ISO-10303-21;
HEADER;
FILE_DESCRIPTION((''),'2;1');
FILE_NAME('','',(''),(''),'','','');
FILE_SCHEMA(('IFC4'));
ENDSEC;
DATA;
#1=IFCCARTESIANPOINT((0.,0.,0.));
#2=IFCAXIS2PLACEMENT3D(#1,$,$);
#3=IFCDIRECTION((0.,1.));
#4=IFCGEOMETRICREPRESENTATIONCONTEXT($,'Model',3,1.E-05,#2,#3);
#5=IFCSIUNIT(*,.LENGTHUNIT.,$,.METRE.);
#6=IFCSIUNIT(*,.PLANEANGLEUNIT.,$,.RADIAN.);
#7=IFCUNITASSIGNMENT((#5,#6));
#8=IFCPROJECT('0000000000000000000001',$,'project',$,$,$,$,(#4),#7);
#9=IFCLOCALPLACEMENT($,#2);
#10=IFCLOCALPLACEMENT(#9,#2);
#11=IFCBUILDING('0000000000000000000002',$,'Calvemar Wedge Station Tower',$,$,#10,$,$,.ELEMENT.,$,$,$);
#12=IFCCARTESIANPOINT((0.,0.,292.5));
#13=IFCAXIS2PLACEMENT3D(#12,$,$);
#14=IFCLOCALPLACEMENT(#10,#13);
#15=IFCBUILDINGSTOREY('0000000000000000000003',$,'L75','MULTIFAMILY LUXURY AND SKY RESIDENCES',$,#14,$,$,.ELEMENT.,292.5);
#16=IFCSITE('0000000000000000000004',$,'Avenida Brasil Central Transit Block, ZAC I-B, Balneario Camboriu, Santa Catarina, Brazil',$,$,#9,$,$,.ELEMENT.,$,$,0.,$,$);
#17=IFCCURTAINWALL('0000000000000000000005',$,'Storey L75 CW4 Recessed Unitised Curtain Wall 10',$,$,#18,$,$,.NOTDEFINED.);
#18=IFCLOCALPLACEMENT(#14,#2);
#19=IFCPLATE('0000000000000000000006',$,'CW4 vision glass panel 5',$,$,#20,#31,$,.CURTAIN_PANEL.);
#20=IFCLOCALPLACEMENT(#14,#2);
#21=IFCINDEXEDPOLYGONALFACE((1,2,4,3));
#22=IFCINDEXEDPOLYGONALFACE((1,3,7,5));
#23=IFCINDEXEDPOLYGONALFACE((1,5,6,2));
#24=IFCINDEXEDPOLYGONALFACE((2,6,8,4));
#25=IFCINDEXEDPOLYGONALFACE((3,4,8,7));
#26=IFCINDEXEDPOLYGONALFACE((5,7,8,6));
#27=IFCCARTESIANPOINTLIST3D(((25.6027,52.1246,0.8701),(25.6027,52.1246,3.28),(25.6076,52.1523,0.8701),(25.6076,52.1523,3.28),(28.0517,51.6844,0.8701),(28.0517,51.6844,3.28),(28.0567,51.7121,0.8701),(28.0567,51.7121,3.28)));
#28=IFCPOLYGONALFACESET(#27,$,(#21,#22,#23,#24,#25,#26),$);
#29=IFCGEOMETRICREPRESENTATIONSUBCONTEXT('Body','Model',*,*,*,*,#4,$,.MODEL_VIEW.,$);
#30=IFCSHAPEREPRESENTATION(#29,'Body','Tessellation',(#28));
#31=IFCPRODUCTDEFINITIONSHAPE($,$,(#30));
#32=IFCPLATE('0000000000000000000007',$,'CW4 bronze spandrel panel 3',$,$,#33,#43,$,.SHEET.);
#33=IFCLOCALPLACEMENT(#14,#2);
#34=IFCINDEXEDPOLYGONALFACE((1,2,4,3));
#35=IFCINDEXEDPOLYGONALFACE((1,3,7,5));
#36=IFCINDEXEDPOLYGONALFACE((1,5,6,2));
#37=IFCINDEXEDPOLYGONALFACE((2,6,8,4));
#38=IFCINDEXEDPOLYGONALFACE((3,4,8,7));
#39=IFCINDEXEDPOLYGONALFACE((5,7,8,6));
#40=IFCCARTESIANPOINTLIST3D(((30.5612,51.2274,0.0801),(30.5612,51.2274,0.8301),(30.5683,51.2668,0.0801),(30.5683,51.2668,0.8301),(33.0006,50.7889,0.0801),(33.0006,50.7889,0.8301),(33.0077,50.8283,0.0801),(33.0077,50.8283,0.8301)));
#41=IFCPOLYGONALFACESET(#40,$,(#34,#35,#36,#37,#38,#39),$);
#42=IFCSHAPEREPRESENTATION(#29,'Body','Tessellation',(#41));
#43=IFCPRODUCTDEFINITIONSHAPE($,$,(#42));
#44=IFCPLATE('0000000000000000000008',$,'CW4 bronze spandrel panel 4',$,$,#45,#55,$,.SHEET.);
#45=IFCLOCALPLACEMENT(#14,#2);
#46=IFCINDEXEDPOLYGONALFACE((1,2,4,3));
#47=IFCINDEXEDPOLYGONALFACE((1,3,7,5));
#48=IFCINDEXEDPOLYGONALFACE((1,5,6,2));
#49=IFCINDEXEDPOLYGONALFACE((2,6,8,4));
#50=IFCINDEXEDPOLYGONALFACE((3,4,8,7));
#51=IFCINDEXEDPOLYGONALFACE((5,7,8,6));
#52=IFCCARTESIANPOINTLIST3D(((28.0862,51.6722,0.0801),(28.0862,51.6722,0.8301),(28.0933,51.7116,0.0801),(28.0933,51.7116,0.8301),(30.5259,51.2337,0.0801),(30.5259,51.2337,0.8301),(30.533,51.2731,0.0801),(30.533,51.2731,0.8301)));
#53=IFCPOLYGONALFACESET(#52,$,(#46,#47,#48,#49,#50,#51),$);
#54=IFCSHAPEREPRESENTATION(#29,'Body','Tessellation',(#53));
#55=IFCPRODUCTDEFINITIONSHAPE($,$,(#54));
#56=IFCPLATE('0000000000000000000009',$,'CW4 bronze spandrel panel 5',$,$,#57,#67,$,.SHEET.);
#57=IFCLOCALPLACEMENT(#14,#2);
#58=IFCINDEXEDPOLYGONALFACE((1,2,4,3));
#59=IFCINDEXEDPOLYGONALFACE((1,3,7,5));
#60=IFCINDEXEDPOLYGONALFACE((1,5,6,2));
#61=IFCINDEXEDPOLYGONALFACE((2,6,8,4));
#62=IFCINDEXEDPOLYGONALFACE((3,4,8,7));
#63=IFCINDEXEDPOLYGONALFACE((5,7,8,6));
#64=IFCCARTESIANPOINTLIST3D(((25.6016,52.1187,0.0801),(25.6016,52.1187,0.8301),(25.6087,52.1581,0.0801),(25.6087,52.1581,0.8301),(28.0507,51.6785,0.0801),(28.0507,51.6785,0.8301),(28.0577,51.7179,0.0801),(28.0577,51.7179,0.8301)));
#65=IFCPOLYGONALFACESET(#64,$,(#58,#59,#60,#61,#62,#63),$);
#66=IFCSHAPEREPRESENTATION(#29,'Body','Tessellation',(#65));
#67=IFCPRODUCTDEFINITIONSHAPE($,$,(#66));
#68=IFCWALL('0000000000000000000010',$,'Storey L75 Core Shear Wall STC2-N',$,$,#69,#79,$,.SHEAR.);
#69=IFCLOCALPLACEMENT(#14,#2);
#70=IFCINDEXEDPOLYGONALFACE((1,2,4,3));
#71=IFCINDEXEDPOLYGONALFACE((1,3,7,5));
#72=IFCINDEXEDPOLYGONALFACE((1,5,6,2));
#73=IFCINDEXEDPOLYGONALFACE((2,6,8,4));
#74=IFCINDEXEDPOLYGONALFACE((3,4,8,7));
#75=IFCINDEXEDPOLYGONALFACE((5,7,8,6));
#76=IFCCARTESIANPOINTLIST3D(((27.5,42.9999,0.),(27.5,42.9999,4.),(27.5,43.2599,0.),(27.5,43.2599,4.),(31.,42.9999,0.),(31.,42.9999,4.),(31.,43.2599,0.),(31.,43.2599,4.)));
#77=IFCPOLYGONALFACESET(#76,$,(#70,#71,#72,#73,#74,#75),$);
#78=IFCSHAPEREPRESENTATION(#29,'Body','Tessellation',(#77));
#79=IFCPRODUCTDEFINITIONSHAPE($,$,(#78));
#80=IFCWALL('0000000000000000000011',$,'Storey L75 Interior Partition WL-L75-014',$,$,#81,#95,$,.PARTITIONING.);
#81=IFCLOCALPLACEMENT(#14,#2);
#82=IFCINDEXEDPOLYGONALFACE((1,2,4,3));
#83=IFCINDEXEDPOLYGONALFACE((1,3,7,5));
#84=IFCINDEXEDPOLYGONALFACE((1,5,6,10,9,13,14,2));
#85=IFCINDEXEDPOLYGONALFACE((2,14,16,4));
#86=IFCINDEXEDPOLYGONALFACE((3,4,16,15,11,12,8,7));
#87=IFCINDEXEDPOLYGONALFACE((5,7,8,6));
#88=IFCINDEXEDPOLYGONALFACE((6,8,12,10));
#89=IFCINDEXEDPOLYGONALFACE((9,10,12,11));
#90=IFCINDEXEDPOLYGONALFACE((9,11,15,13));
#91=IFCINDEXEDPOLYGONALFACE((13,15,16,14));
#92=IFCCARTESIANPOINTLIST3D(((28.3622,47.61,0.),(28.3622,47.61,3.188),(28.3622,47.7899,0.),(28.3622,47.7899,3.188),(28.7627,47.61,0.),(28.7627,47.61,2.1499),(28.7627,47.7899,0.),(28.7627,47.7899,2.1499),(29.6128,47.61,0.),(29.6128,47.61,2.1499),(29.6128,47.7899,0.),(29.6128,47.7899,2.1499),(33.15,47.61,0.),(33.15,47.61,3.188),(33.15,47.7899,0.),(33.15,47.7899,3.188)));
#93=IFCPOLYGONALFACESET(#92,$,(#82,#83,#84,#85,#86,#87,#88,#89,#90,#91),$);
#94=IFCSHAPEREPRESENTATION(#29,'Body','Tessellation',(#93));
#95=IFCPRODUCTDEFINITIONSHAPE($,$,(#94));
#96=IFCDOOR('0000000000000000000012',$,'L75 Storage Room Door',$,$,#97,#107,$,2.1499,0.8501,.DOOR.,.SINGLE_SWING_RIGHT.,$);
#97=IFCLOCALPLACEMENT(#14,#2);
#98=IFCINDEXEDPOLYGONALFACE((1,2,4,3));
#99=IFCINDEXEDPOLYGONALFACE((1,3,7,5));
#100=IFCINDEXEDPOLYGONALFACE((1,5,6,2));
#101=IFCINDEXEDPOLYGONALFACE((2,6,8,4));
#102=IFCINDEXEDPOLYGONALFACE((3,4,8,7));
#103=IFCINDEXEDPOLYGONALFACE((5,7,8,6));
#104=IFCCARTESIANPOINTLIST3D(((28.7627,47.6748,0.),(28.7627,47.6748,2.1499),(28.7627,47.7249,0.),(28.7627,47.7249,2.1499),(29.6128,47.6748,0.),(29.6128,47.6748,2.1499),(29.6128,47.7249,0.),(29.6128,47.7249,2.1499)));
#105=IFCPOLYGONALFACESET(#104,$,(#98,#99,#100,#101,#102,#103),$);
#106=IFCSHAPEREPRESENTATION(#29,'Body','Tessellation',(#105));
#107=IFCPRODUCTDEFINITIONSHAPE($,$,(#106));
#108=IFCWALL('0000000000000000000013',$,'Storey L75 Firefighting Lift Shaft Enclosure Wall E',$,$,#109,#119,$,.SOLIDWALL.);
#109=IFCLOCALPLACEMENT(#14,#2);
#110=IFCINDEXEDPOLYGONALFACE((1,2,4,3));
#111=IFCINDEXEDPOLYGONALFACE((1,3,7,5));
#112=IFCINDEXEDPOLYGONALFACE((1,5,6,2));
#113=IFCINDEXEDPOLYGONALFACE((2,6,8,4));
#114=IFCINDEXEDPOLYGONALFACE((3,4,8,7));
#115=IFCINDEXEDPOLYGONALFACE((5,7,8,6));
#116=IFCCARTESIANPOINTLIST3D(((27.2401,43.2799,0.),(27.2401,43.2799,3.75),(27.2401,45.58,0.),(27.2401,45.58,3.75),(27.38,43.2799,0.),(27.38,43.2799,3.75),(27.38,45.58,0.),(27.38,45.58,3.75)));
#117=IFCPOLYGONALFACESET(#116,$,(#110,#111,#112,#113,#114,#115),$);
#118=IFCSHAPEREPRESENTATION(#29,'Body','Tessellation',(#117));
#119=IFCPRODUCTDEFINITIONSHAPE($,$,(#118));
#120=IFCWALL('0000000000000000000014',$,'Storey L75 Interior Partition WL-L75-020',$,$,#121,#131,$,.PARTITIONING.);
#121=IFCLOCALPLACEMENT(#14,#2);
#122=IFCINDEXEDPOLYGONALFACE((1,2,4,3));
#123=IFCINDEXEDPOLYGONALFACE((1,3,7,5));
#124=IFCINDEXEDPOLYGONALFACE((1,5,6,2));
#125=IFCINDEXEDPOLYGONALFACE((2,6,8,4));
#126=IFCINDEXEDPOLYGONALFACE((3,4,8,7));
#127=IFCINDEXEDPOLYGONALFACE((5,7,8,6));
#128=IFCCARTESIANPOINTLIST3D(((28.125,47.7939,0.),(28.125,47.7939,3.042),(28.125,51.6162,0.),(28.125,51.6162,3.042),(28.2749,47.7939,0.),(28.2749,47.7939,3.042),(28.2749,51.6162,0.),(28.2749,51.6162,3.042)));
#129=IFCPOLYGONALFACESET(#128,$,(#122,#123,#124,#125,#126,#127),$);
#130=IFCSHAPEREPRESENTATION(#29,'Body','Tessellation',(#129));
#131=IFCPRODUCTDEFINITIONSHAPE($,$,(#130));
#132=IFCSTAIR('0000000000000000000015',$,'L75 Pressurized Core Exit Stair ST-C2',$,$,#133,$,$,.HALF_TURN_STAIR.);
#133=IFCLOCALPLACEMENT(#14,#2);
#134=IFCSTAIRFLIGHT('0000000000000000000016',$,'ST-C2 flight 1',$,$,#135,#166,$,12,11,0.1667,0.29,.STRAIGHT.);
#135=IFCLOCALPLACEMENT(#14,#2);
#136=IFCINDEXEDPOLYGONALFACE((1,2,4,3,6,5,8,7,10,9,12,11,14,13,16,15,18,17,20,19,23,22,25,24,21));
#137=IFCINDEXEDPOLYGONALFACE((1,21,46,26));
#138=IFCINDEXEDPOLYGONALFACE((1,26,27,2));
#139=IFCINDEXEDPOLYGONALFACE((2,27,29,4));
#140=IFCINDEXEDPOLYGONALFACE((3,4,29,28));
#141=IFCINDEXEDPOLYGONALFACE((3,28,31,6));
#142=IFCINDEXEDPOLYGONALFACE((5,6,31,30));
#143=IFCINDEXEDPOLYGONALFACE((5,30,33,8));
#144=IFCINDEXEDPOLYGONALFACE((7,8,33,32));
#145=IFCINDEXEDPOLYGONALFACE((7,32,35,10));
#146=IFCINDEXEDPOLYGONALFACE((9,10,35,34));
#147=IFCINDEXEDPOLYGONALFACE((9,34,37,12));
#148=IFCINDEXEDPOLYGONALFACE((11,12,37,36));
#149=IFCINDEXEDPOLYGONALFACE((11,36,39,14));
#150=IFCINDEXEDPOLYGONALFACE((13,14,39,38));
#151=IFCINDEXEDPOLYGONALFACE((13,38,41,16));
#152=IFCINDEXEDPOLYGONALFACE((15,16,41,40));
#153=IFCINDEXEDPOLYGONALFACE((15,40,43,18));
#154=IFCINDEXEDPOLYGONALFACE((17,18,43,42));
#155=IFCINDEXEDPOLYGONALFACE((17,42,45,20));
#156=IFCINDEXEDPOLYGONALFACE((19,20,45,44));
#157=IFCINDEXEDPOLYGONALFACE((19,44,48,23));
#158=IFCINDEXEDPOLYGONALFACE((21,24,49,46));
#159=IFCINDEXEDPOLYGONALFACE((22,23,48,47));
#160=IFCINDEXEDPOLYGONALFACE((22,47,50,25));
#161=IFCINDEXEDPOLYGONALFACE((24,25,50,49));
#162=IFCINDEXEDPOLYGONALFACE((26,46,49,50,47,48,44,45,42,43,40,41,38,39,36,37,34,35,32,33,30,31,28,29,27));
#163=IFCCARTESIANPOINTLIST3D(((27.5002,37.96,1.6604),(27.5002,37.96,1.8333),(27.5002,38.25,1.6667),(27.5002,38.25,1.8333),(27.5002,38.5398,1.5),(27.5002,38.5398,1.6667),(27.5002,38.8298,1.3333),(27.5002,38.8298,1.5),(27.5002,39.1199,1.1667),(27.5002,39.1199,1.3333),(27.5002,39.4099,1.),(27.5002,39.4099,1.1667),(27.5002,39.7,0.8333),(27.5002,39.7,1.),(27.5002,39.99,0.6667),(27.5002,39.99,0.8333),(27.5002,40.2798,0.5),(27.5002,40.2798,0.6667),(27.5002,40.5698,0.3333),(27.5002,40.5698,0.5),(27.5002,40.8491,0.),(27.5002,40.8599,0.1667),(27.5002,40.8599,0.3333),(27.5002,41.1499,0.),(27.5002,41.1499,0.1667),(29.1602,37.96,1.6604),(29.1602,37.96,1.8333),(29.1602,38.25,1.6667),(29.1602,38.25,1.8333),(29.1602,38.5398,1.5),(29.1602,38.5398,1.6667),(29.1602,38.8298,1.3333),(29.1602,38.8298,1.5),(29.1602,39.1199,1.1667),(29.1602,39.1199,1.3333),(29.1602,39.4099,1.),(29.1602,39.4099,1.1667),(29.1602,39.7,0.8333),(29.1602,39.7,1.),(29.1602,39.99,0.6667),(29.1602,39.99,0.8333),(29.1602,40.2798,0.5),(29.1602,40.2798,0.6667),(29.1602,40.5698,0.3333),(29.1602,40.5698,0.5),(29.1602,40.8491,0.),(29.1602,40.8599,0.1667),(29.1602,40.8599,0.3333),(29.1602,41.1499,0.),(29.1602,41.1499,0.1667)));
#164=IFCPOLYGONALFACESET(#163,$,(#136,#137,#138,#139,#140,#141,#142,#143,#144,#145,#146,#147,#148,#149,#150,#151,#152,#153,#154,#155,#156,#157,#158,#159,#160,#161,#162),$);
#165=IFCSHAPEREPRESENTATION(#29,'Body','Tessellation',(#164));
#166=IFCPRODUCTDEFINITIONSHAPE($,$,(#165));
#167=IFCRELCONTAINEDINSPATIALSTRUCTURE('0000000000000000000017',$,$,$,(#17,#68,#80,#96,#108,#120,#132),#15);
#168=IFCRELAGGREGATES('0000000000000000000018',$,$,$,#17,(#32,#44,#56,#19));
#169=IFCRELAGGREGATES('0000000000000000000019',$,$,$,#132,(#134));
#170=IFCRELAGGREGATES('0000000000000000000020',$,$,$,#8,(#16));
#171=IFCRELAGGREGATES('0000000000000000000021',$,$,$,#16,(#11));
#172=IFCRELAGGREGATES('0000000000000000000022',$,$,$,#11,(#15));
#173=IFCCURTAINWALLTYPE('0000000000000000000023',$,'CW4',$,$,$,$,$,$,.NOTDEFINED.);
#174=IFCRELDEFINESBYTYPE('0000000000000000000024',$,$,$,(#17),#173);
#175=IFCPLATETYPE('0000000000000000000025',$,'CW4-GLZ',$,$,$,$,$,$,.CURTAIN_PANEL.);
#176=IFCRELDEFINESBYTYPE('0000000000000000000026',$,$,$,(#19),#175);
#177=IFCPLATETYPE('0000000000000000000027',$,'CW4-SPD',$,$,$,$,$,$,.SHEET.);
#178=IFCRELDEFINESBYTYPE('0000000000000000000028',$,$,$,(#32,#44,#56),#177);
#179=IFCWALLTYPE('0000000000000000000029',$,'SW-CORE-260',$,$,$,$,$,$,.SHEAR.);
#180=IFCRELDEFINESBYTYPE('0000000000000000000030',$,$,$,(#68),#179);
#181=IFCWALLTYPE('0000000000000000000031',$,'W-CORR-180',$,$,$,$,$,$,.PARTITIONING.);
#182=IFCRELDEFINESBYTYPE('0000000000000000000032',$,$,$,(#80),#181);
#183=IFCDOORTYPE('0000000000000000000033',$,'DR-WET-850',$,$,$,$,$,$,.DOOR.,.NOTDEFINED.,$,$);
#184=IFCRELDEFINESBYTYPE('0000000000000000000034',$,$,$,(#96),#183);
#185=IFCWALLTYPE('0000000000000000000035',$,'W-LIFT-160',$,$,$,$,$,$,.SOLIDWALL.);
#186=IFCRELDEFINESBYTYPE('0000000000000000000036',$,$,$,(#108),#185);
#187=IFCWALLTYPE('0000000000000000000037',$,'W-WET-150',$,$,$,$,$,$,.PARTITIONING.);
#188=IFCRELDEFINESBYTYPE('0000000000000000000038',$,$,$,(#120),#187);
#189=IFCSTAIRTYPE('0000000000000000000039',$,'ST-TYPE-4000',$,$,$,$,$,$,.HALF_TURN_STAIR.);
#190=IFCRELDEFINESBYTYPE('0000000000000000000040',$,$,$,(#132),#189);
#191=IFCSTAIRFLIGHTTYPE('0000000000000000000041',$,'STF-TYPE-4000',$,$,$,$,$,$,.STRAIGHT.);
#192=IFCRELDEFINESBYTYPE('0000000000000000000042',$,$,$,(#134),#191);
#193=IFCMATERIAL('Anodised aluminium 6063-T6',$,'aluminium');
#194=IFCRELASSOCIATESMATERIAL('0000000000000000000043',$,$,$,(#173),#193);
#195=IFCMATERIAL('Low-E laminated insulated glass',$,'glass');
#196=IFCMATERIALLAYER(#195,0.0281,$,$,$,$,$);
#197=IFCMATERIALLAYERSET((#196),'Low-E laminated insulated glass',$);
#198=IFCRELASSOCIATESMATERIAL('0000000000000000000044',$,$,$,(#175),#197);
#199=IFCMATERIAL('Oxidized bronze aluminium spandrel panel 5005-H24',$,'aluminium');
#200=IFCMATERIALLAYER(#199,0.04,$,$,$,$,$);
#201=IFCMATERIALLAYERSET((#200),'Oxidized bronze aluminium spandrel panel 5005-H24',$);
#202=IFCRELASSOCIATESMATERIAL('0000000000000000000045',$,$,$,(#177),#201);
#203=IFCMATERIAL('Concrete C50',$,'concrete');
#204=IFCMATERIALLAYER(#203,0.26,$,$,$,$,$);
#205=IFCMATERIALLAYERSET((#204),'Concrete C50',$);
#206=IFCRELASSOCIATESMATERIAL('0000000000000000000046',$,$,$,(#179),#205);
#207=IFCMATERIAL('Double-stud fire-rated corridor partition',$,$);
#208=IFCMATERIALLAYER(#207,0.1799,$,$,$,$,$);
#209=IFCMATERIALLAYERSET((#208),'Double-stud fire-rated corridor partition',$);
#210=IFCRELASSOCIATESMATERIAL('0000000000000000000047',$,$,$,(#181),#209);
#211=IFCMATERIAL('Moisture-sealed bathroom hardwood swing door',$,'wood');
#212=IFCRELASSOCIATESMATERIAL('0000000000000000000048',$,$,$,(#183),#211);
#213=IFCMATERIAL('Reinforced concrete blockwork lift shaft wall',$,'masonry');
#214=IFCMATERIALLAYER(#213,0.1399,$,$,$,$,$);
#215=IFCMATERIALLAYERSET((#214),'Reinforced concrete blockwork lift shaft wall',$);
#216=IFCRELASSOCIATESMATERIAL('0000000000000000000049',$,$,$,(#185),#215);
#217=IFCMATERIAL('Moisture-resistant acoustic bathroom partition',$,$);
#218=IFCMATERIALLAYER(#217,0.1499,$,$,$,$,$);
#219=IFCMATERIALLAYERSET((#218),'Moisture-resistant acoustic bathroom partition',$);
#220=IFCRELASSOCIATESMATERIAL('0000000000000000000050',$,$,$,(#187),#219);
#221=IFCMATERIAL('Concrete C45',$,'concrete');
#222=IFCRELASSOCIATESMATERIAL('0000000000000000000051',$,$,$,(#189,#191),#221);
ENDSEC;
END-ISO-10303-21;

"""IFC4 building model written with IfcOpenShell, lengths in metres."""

from ifc_helpers import new_model, si_unit, direction, frame, frame_2d, origin, place, context, subcontext, project, spatial, polyline, rectangle, outline, extrude, source, transform, mapped, material, layer, layer_set, type_object, element, fill, aggregate, save


model = new_model("IFC4")

# Units and contexts
model_context = context("Model", 3, precision=1e-05, world=origin(), true_north=direction((0.0, 1.0)))
body_context = subcontext(model_context, "Body", "Model", "MODEL_VIEW")
ifc_project = project(units=[si_unit("LENGTHUNIT", "METRE"), si_unit("PLANEANGLEUNIT", "RADIAN")], contexts=[model_context])

# Site, building, storey
site_placement = place(None, origin())
site = spatial("IfcSite", under=ifc_project, at=site_placement, Name="Avenida Brasil Central Transit Block, ZAC I-B, Balneario Camboriu, Santa Catarina, Brazil", CompositionType="ELEMENT", RefElevation=0.0)
building_placement = place(site_placement, origin())
building = spatial("IfcBuilding", under=site, at=building_placement, Name="Calvemar Wedge Station Tower", CompositionType="ELEMENT")
storey_placement = place(building_placement, frame((0.0, 0.0, 292.5)))
storey = spatial("IfcBuildingStorey", under=building, at=storey_placement, Name="L75", Description="MULTIFAMILY LUXURY AND SKY RESIDENCES", CompositionType="ELEMENT", Elevation=292.5)

# Shared definitions
ifc_material_1 = material(Name="Concrete C50", Category="concrete")

# Curtain wall, plates
ifc_material_2 = material(Name="Anodised aluminium 6063-T6", Category="aluminium")
curtain_wall_type = type_object("IfcCurtainWallType", Name="CW4", PredefinedType="NOTDEFINED", material=ifc_material_2)
curtain_wall_placement = place(storey_placement, origin())
curtain_wall = element("IfcCurtainWall", 1, at=curtain_wall_placement, inside=storey, type_object=curtain_wall_type, Name="Storey L75 CW4 Recessed Unitised Curtain Wall 10", PredefinedType="NOTDEFINED")
ifc_material_3 = material(Name="Low-E laminated insulated glass", Category="glass")
ifc_layer_1 = layer(ifc_material_3, 0.0281)
ifc_layer_set_1 = layer_set([ifc_layer_1], Name="Low-E laminated insulated glass")
plate_type_1 = type_object("IfcPlateType", Name="CW4-GLZ", PredefinedType="CURTAIN_PANEL", material=ifc_layer_set_1)
plate_1_placement = place(storey_placement, frame((28.0542, 51.6982, 0.8701), z_axis=(0.0, 0.0, 1.0), x_axis=(-0.984227, 0.176908, 0.0)))
plate_1 = element("IfcPlate", 2, at=plate_1_placement, type_object=plate_type_1, Name="CW4 vision glass panel 5", PredefinedType="CURTAIN_PANEL", context=body_context, shape_type="SweptSolid", body=[
    extrude(rectangle(XDim=2.4883, YDim=0.0281, at=frame_2d((1.2441, 0.0))), origin(), (0.0, 0.0, 1.0), 2.4099),
])
ifc_material_4 = material(Name="Oxidized bronze aluminium spandrel panel 5005-H24", Category="aluminium")
ifc_layer_2 = layer(ifc_material_4, 0.04)
ifc_layer_set_2 = layer_set([ifc_layer_2], Name="Oxidized bronze aluminium spandrel panel 5005-H24")
plate_type_2 = type_object("IfcPlateType", Name="CW4-SPD", PredefinedType="SHEET", material=ifc_layer_set_2)
plate_2_placement = place(storey_placement, frame((33.0042, 50.8086, 0.0801), z_axis=(0.0, 0.0, 1.0), x_axis=(-0.984227, 0.176909, 0.0)))
plate_2 = element("IfcPlate", 3, at=plate_2_placement, type_object=plate_type_2, Name="CW4 bronze spandrel panel 3", PredefinedType="SHEET", context=body_context, shape_type="SweptSolid", body=[
    extrude(rectangle(XDim=2.4785, YDim=0.04, at=frame_2d((1.2393, 0.0))), origin(), (0.0, 0.0, 1.0), 0.75),
])
plate_3_placement = place(storey_placement, frame((30.5293, 51.2534, 0.0801), z_axis=(0.0, 0.0, 1.0), x_axis=(-0.98423, 0.176892, 0.0)))
plate_3 = element("IfcPlate", 4, at=plate_3_placement, type_object=plate_type_2, Name="CW4 bronze spandrel panel 4", PredefinedType="SHEET", context=body_context, shape_type="SweptSolid", body=[
    extrude(rectangle(XDim=2.4788, YDim=0.04, at=frame_2d((1.2393, 0.0))), origin(), (0.0, 0.0, 1.0), 0.75),
])
plate_4_placement = place(storey_placement, frame((28.0542, 51.6982, 0.0801), z_axis=(0.0, 0.0, 1.0), x_axis=(-0.984227, 0.176908, 0.0)))
plate_4 = element("IfcPlate", 5, at=plate_4_placement, type_object=plate_type_2, Name="CW4 bronze spandrel panel 5", PredefinedType="SHEET", context=body_context, shape_type="SweptSolid", body=[
    extrude(rectangle(XDim=2.4883, YDim=0.04, at=frame_2d((1.2441, 0.0))), origin(), (0.0, 0.0, 1.0), 0.75),
])
aggregate(curtain_wall, [plate_2, plate_3, plate_4, plate_1])

# Wall
ifc_layer_3 = layer(ifc_material_1, 0.26)
ifc_layer_set_3 = layer_set([ifc_layer_3], Name="Concrete C50")
wall_type_1 = type_object("IfcWallType", Name="SW-CORE-260", PredefinedType="SHEAR", material=ifc_layer_set_3)
wall_1_placement = place(storey_placement, frame((27.5, 43.1299, 0.0), z_axis=(0.0, 0.0, 1.0), x_axis=(1.0, 0.0, 0.0)))
element("IfcWall", 6, at=wall_1_placement, inside=storey, type_object=wall_type_1, Name="Storey L75 Core Shear Wall STC2-N", PredefinedType="SHEAR", context=body_context, shape_type="SweptSolid", body=[
    extrude(rectangle(XDim=3.5, YDim=0.26, at=frame_2d((1.75, 0.0))), origin(), (0.0, 0.0, 1.0), 4.0),
])

# Wall, opening, door
ifc_material_5 = material(Name="Double-stud fire-rated corridor partition")
ifc_layer_4 = layer(ifc_material_5, 0.1799)
ifc_layer_set_4 = layer_set([ifc_layer_4], Name="Double-stud fire-rated corridor partition")
wall_type_2 = type_object("IfcWallType", Name="W-CORR-180", PredefinedType="PARTITIONING", material=ifc_layer_set_4)
wall_2_placement = place(storey_placement, frame((28.3621, 47.7, 0.0), z_axis=(0.0, 0.0, 1.0), x_axis=(1.0, 0.0, 0.0)))
wall_2 = element("IfcWall", 7, at=wall_2_placement, inside=storey, type_object=wall_type_2, Name="Storey L75 Interior Partition WL-L75-014", PredefinedType="PARTITIONING", context=body_context, shape_type="SweptSolid", body=[
    extrude(rectangle(XDim=4.7878, YDim=0.1799, at=frame_2d((2.394, 0.0))), origin(), (0.0, 0.0, 1.0), 3.188),
])
shared_shape_1 = source(origin(), body_context, "Body", "SweptSolid", [
    extrude(rectangle(XDim=0.8501, YDim=2.1499, at=frame_2d((0.425, 1.075))), frame((0.0, 0.1001, 0.0), z_axis=(0.0, -1.0, 0.0), x_axis=(1.0, 0.0, 0.0)), (0.0, 0.0, 1.0), 0.2),
])
opening_placement = place(wall_2_placement, frame((0.4006, 0.0, 0.0)))
opening = element("IfcOpeningElement", 8, at=opening_placement, cuts=wall_2, PredefinedType="OPENING", context=body_context, shape_type="MappedRepresentation", body=[
    mapped(shared_shape_1, transform((0.0, 0.0, 0.0), scale=1.0)),
])
ifc_material_6 = material(Name="Moisture-sealed bathroom hardwood swing door", Category="wood")
door_type = type_object("IfcDoorType", Name="DR-WET-850", OperationType="NOTDEFINED", PredefinedType="DOOR", material=ifc_material_6)
shared_shape_2 = source(origin(), body_context, "Body", "SweptSolid", [
    extrude(rectangle(XDim=0.8501, YDim=2.1499, at=frame_2d((0.425, 1.075))), frame((0.0, 0.0249, 0.0), z_axis=(0.0, -1.0, 0.0), x_axis=(1.0, 0.0, 0.0)), (0.0, 0.0, 1.0), 0.05),
])
door_placement = place(opening_placement, origin())
door = element("IfcDoor", 9, at=door_placement, inside=storey, type_object=door_type, Name="L75 Storage Room Door", OperationType="SINGLE_SWING_RIGHT", OverallHeight=2.1499, OverallWidth=0.8501, PredefinedType="DOOR", context=body_context, shape_type="MappedRepresentation", body=[
    mapped(shared_shape_2, transform((0.0, 0.0, 0.0), scale=1.0)),
])
fill(opening, door)

# Walls
ifc_material_7 = material(Name="Reinforced concrete blockwork lift shaft wall", Category="masonry")
ifc_layer_5 = layer(ifc_material_7, 0.1399)
ifc_layer_set_5 = layer_set([ifc_layer_5], Name="Reinforced concrete blockwork lift shaft wall")
wall_type_3 = type_object("IfcWallType", Name="W-LIFT-160", PredefinedType="SOLIDWALL", material=ifc_layer_set_5)
wall_3_placement = place(storey_placement, frame((27.3101, 43.28, 0.0), z_axis=(0.0, 0.0, 1.0), x_axis=(0.0, 1.0, 0.0)))
element("IfcWall", 10, at=wall_3_placement, inside=storey, type_object=wall_type_3, Name="Storey L75 Firefighting Lift Shaft Enclosure Wall E", PredefinedType="SOLIDWALL", context=body_context, shape_type="SweptSolid", body=[
    extrude(rectangle(XDim=2.3, YDim=0.1399, at=frame_2d((1.1499, 0.0))), origin(), (0.0, 0.0, 1.0), 3.75),
])
ifc_material_8 = material(Name="Moisture-resistant acoustic bathroom partition")
ifc_layer_6 = layer(ifc_material_8, 0.1499)
ifc_layer_set_6 = layer_set([ifc_layer_6], Name="Moisture-resistant acoustic bathroom partition")
wall_type_4 = type_object("IfcWallType", Name="W-WET-150", PredefinedType="PARTITIONING", material=ifc_layer_set_6)
wall_4_placement = place(storey_placement, frame((28.2, 51.6162, 0.0), z_axis=(0.0, 0.0, 1.0), x_axis=(0.0, -1.0, 0.0)))
element("IfcWall", 11, at=wall_4_placement, inside=storey, type_object=wall_type_4, Name="Storey L75 Interior Partition WL-L75-020", PredefinedType="PARTITIONING", context=body_context, shape_type="SweptSolid", body=[
    extrude(rectangle(XDim=3.8223, YDim=0.1499, at=frame_2d((1.9111, 0.0))), origin(), (0.0, 0.0, 1.0), 3.042),
])

# Stair, stair flight
ifc_material_9 = material(Name="Concrete C45", Category="concrete")
stair_type = type_object("IfcStairType", Name="ST-TYPE-4000", PredefinedType="HALF_TURN_STAIR", material=ifc_material_9)
stair_placement = place(storey_placement, origin())
stair = element("IfcStair", 12, at=stair_placement, inside=storey, type_object=stair_type, Name="L75 Pressurized Core Exit Stair ST-C2", PredefinedType="HALF_TURN_STAIR")
stair_flight_type = type_object("IfcStairFlightType", Name="STF-TYPE-4000", PredefinedType="STRAIGHT", material=ifc_material_9)
stair_flight_placement = place(storey_placement, frame((28.3301, 41.1499, 0.0), z_axis=(0.0, 0.0, 1.0), x_axis=(0.0, -1.0, 0.0)))
stair_flight = element("IfcStairFlight", 13, at=stair_flight_placement, type_object=stair_flight_type, Name="ST-C2 flight 1", NumberOfRisers=12, NumberOfTreads=11, PredefinedType="STRAIGHT", RiserHeight=0.1667, TreadLength=0.29, context=body_context, shape_type="SweptSolid", body=[
    extrude(outline(polyline([(0.0, 0.0), (0.0, 0.1667), (0.29, 0.1667), (0.29, 0.3333), (0.5801, 0.3333), (0.5801, 0.5), (0.8701, 0.5), (0.8701, 0.6667), (1.1599, 0.6667), (1.1599, 0.8333), (1.45, 0.8333), (1.45, 1.0), (1.74, 1.0), (1.74, 1.1667), (2.03, 1.1667), (2.03, 1.3333), (2.3201, 1.3333), (2.3201, 1.5), (2.6101, 1.5), (2.6101, 1.6667), (2.8999, 1.6667), (2.8999, 1.8333), (3.1899, 1.8333), (3.1899, 2.0), (3.1899, 1.6604), (0.3008, 0.0), (0.0, 0.0)])), frame((0.0, 0.8301, 0.0), z_axis=(0.0, -1.0, 0.0), x_axis=(1.0, 0.0, 0.0)), (0.0, 0.0, 1.0), 1.6599),
])
aggregate(stair, [stair_flight])

save(model, "model.ifc")
